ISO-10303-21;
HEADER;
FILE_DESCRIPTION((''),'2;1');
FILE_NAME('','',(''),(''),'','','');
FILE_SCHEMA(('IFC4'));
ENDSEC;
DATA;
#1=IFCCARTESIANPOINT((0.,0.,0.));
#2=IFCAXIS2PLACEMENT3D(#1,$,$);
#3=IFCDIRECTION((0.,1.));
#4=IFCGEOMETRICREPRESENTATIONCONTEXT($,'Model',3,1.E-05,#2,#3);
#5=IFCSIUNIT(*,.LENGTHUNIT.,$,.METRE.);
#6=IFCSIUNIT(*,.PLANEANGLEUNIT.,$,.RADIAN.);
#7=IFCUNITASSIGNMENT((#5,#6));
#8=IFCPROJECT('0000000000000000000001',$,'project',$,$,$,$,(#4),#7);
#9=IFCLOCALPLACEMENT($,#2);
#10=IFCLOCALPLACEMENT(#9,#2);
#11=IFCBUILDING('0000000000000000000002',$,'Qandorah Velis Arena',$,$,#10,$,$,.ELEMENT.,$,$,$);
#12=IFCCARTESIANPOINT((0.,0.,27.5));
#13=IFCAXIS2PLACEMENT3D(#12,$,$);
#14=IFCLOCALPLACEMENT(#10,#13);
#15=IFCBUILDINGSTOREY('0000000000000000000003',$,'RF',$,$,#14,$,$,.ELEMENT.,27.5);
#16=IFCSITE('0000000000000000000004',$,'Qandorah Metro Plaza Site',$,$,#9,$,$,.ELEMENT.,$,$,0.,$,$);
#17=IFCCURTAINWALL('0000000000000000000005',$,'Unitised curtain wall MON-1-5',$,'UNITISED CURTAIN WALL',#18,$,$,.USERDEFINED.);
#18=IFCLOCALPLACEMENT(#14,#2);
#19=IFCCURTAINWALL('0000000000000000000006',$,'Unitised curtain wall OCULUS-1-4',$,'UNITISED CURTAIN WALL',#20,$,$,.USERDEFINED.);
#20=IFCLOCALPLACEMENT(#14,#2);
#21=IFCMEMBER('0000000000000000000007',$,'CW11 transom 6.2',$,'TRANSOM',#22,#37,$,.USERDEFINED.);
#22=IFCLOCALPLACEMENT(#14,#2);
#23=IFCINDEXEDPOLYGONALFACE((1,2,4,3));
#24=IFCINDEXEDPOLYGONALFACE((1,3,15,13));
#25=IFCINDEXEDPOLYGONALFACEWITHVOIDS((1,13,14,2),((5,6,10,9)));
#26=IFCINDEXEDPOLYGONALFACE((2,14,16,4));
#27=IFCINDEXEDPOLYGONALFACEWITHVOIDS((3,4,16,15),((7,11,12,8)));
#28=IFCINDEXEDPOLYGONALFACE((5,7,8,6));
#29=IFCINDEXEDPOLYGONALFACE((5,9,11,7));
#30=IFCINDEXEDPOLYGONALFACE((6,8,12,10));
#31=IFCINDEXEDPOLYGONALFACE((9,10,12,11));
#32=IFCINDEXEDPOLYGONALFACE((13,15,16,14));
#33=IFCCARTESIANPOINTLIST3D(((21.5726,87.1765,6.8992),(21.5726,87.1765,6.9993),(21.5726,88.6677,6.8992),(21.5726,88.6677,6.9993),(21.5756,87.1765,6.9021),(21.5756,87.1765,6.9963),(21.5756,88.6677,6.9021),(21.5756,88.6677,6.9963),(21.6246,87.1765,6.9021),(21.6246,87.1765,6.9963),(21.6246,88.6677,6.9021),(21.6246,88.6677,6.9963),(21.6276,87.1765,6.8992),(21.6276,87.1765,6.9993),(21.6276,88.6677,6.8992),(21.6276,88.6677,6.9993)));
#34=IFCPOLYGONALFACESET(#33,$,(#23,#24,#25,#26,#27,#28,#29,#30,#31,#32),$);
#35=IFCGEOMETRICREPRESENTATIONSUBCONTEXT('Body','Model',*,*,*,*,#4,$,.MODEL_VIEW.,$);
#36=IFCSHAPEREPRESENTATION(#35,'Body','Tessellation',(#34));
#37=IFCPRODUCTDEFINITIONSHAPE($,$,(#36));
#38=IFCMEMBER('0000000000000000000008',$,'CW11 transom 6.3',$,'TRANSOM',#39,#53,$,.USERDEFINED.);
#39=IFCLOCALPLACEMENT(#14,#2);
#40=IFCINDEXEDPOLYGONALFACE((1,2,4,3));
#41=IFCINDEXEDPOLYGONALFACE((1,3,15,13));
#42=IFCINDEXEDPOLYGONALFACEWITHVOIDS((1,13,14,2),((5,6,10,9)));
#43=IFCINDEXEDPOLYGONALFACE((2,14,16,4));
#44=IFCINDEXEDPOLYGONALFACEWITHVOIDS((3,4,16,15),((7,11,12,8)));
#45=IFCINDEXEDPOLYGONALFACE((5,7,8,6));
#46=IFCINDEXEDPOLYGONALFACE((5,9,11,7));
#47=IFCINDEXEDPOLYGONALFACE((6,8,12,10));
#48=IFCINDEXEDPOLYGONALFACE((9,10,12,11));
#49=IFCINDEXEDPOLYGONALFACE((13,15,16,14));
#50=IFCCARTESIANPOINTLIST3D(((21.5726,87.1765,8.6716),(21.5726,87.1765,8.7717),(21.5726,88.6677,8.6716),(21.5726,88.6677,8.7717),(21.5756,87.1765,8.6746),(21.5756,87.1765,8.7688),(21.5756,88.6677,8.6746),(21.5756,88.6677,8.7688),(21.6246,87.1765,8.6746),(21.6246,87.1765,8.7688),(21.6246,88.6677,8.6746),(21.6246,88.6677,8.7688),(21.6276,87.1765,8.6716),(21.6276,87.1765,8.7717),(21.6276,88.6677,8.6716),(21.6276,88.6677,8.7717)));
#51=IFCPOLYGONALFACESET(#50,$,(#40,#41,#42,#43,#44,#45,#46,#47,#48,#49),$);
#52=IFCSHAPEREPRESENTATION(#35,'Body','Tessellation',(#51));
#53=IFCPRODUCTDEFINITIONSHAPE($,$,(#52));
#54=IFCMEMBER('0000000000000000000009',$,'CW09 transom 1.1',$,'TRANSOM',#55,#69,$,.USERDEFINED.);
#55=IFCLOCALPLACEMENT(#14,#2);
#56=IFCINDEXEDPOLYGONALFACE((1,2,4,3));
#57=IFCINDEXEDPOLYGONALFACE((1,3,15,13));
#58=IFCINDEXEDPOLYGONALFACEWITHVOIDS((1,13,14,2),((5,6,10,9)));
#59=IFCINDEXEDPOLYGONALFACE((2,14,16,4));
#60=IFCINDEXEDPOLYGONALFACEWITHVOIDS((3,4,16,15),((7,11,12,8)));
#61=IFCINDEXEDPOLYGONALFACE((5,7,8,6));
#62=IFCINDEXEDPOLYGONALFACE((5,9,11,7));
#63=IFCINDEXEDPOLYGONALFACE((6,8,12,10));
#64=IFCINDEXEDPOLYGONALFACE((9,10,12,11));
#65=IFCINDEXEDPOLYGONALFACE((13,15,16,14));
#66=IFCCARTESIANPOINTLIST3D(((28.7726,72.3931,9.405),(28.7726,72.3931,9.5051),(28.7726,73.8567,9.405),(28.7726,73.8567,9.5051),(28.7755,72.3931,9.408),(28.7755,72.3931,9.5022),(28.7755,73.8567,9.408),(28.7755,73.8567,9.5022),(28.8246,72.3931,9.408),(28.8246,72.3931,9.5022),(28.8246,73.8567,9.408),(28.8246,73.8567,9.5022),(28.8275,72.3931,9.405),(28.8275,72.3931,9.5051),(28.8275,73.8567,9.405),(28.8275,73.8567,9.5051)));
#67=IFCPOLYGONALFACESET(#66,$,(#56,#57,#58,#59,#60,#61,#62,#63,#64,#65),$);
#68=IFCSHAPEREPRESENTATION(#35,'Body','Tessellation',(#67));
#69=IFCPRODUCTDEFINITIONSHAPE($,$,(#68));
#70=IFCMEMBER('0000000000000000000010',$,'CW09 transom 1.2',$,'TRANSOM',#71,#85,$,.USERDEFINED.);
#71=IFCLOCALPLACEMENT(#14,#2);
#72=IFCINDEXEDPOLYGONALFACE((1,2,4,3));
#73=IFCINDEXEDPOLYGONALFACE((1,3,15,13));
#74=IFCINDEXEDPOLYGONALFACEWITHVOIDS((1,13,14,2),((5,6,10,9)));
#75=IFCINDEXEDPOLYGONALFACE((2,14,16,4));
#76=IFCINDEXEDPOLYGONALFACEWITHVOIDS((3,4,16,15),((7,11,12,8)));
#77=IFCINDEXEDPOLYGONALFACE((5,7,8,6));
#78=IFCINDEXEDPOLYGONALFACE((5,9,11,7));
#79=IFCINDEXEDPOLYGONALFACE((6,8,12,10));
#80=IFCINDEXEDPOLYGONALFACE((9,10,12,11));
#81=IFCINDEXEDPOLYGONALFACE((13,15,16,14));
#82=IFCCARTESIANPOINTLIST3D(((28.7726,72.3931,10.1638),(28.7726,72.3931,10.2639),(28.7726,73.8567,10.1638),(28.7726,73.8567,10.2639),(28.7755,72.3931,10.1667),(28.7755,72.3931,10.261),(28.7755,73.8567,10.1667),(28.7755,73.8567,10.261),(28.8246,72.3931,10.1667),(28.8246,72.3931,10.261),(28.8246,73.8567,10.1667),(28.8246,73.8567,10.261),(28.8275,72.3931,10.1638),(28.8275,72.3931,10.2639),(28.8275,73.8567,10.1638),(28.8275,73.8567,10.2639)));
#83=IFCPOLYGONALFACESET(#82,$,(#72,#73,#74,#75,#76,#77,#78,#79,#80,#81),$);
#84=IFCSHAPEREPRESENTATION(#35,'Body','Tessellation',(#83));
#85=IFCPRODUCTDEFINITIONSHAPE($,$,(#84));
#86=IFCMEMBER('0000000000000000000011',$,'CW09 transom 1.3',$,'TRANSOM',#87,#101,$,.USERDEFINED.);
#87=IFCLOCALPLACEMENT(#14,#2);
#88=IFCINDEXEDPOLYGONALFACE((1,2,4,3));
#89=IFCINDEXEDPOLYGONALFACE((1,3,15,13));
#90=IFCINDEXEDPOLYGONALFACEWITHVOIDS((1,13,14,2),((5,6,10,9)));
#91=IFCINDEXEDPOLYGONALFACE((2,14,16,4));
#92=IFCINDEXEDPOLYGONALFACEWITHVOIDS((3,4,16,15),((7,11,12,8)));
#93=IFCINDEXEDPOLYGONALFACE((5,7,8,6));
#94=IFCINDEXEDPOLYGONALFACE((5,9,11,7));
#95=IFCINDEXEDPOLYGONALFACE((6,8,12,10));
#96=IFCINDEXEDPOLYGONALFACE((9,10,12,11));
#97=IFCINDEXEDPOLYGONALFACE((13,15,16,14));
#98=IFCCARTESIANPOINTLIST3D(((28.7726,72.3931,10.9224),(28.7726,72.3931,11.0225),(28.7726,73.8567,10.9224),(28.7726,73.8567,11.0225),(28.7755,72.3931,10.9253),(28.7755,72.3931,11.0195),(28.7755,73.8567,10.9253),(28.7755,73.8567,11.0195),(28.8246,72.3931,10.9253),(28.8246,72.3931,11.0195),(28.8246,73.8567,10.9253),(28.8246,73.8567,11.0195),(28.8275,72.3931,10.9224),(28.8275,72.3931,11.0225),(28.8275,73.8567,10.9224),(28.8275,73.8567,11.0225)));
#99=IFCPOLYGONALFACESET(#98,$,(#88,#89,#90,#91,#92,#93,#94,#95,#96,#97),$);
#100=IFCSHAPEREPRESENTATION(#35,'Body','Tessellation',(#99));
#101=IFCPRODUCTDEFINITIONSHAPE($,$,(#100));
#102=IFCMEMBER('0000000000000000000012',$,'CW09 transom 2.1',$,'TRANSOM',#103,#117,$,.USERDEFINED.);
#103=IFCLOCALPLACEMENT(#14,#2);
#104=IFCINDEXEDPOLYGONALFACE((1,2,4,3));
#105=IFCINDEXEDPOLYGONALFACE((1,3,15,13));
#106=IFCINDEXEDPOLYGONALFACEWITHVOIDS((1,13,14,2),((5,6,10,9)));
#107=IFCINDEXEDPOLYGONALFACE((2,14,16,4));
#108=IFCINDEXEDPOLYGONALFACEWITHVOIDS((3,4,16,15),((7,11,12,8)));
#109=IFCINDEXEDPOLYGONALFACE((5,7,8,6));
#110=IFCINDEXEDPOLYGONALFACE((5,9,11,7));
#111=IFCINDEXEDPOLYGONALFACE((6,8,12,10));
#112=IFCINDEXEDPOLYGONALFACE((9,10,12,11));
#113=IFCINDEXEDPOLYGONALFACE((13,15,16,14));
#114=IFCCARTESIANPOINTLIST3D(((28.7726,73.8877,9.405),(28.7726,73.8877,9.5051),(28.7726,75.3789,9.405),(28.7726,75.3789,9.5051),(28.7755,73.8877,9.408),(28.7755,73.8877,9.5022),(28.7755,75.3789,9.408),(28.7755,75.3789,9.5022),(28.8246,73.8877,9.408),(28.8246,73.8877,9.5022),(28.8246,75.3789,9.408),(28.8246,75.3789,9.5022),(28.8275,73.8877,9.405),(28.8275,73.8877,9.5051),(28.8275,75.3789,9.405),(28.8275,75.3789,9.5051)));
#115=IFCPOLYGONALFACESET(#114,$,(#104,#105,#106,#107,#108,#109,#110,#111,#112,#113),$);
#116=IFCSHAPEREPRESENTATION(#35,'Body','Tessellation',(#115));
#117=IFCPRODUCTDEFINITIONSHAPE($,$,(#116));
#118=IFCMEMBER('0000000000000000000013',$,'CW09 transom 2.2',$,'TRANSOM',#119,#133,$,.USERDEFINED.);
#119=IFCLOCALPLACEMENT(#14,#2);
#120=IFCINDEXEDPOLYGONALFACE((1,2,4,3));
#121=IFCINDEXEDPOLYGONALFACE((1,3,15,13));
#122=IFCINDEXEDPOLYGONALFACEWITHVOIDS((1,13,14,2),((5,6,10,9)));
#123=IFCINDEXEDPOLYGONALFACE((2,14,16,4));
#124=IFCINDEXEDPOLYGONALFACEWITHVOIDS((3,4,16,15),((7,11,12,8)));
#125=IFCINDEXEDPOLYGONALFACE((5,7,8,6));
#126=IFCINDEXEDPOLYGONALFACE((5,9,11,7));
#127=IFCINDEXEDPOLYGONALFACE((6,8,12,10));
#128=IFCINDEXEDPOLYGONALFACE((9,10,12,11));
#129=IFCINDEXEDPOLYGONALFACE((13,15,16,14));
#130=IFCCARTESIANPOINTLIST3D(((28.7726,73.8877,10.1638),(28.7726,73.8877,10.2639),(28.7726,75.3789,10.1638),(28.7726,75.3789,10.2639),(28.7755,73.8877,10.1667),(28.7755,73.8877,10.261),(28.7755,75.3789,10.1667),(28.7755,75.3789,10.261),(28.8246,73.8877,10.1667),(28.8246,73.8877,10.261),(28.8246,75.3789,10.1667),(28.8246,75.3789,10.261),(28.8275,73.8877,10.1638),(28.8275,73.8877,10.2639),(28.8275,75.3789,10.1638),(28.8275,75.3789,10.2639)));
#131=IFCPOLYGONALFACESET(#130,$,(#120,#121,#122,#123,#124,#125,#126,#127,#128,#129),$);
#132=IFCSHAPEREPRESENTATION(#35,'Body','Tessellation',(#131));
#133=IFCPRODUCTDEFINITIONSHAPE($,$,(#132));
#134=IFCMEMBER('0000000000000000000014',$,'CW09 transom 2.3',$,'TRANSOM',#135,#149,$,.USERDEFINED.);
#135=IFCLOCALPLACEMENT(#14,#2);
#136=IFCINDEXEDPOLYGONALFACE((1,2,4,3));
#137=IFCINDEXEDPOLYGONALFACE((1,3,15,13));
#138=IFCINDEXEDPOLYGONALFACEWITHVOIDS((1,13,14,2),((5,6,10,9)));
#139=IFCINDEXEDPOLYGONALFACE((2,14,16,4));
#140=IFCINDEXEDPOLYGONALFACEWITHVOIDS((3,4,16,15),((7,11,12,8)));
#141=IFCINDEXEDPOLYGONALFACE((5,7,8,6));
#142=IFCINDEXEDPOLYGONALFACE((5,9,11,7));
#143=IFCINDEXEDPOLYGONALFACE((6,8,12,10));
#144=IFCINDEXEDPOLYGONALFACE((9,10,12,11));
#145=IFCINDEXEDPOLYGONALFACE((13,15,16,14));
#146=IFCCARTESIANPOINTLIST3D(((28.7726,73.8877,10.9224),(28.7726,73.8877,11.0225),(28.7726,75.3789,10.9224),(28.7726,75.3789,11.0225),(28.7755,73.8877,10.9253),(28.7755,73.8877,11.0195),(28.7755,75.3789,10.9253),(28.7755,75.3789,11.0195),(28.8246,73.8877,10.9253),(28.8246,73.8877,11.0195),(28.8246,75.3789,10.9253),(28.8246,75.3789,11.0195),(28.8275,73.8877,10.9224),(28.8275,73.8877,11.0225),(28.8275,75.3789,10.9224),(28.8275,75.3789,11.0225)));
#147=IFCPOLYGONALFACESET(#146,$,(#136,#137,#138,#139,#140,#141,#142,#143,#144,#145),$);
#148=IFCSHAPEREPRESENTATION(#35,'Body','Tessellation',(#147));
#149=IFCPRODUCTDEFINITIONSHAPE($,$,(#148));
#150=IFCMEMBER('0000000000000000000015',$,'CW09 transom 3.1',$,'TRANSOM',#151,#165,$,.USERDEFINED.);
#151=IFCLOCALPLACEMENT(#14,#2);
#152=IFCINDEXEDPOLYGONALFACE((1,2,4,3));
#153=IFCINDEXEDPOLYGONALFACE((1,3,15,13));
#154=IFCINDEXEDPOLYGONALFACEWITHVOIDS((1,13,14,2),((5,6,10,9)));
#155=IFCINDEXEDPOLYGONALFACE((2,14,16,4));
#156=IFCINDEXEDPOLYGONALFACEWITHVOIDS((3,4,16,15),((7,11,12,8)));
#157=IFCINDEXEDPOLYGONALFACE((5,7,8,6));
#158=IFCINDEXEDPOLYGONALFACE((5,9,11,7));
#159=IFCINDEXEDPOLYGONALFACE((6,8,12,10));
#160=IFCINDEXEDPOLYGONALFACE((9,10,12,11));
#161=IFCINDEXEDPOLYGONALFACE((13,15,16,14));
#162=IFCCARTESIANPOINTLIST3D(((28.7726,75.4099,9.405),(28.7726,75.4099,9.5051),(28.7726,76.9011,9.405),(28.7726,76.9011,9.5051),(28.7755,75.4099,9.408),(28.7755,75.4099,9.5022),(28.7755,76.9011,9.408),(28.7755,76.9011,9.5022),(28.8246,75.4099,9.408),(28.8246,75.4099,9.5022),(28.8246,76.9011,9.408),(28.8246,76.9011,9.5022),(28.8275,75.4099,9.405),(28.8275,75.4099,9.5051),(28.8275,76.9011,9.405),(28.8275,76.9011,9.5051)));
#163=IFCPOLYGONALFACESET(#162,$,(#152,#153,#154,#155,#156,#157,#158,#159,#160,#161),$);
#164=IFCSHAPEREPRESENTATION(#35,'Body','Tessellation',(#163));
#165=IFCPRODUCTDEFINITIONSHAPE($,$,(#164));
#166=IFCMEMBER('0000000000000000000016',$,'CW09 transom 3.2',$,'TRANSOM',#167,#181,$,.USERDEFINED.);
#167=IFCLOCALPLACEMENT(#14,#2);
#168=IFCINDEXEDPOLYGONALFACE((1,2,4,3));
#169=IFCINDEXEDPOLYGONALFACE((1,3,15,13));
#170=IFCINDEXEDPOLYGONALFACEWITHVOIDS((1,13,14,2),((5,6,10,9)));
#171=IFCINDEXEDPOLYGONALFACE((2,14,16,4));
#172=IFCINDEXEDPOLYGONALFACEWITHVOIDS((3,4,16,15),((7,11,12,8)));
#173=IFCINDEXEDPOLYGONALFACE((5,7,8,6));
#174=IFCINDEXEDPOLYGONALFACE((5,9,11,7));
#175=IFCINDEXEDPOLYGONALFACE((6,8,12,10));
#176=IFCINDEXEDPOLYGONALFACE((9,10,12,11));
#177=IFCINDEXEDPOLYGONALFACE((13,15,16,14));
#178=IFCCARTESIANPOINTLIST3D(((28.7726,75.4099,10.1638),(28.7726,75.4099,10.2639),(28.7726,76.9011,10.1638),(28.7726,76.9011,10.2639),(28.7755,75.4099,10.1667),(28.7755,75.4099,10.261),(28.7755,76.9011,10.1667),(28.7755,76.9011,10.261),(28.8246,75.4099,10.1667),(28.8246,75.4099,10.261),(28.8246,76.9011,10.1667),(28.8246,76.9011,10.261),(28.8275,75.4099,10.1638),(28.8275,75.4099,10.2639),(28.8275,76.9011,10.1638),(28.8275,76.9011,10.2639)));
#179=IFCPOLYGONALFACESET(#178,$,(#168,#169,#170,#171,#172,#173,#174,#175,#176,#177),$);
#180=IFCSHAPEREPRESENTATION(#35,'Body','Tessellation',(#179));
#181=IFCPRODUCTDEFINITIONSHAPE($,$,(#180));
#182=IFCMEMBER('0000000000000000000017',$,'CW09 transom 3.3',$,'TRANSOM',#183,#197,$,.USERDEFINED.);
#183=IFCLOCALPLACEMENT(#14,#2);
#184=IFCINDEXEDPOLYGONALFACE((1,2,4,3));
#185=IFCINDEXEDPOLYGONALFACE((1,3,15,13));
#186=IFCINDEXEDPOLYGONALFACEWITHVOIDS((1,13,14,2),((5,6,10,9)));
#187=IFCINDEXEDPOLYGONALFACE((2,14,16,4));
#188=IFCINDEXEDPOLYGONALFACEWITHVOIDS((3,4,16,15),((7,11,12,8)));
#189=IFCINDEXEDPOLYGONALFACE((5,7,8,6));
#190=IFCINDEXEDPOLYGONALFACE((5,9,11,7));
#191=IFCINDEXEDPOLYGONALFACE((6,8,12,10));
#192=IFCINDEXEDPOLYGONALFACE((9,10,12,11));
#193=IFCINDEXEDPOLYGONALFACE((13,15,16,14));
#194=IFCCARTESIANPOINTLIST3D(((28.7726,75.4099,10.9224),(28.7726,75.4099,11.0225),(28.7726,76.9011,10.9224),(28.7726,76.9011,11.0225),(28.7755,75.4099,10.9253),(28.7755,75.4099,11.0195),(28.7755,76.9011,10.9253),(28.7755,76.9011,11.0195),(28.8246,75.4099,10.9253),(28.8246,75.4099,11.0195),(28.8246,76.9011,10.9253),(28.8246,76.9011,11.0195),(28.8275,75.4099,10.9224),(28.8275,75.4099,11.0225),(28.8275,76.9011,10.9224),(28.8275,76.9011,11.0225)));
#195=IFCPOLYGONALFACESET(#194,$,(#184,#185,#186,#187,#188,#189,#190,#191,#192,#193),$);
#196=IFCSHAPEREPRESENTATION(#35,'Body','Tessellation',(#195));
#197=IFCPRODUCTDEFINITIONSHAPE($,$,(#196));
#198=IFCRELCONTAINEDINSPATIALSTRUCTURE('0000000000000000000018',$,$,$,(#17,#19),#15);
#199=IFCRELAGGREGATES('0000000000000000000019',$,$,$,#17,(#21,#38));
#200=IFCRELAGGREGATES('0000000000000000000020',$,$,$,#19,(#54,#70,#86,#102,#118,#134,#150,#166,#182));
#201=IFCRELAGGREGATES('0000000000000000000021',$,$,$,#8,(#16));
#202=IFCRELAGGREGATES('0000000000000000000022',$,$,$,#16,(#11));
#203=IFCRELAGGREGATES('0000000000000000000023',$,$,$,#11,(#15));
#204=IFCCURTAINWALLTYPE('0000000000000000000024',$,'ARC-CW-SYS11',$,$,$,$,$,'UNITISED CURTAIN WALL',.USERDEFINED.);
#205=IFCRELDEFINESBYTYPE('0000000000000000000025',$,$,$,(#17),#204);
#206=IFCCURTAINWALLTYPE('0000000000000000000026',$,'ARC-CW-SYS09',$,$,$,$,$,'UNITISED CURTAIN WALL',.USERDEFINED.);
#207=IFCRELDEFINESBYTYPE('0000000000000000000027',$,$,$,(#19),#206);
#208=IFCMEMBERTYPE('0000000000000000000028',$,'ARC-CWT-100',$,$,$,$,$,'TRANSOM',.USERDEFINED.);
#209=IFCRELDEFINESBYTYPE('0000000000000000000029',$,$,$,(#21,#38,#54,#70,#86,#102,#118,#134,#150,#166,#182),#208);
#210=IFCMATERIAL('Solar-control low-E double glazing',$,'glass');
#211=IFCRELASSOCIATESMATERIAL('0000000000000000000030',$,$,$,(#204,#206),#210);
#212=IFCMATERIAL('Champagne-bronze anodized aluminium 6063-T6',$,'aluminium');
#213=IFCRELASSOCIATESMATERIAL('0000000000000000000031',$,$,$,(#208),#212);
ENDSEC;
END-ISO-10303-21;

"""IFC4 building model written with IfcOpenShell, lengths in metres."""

from ifc_helpers import new_model, si_unit, direction, frame, origin, origin_2d, place, context, subcontext, project, spatial, hollow_rectangle, extrude, material, material_profile, profile_set, type_object, element, aggregate, save


model = new_model("IFC4")

# Units and contexts
model_context = context("Model", 3, precision=1e-05, world=origin(), true_north=direction((0.0, 1.0)))
body_context = subcontext(model_context, "Body", "Model", "MODEL_VIEW")
ifc_project = project(units=[si_unit("LENGTHUNIT", "METRE"), si_unit("PLANEANGLEUNIT", "RADIAN")], contexts=[model_context])

# Site, building, storey
site_placement = place(None, origin())
site = spatial("IfcSite", under=ifc_project, at=site_placement, Name="Qandorah Metro Plaza Site", CompositionType="ELEMENT", RefElevation=0.0)
building_placement = place(site_placement, origin())
building = spatial("IfcBuilding", under=site, at=building_placement, Name="Qandorah Velis Arena", CompositionType="ELEMENT")
storey_placement = place(building_placement, frame((0.0, 0.0, 27.5)))
storey = spatial("IfcBuildingStorey", under=building, at=storey_placement, Name="RF", CompositionType="ELEMENT", Elevation=27.5)

# Curtain walls
ifc_material_1 = material(Name="Solar-control low-E double glazing", Category="glass")
curtain_wall_type_1 = type_object("IfcCurtainWallType", Name="ARC-CW-SYS11", ElementType="UNITISED CURTAIN WALL", PredefinedType="USERDEFINED", material=ifc_material_1)
curtain_wall_1_placement = place(storey_placement, origin())
curtain_wall_1 = element("IfcCurtainWall", 1, at=curtain_wall_1_placement, inside=storey, type_object=curtain_wall_type_1, Name="Unitised curtain wall MON-1-5", ObjectType="UNITISED CURTAIN WALL", PredefinedType="USERDEFINED")
ifc_material_2 = material(Name="Champagne-bronze anodized aluminium 6063-T6", Category="aluminium")
curtain_wall_type_2 = type_object("IfcCurtainWallType", Name="ARC-CW-SYS09", ElementType="UNITISED CURTAIN WALL", PredefinedType="USERDEFINED", material=ifc_material_1)
curtain_wall_2_placement = place(storey_placement, origin())
curtain_wall_2 = element("IfcCurtainWall", 2, at=curtain_wall_2_placement, inside=storey, type_object=curtain_wall_type_2, Name="Unitised curtain wall OCULUS-1-4", ObjectType="UNITISED CURTAIN WALL", PredefinedType="USERDEFINED")

# Members
ifc_material_profile_1 = material_profile(ifc_material_2, hollow_rectangle(XDim=0.0549, YDim=0.1001, WallThickness=0.0029, at=origin_2d()), Name="ALU TRANSOM 55x100")
ifc_profile_set_1 = profile_set([ifc_material_profile_1], Name="Champagne-bronze anodized aluminium 6063-T6")
member_type_1 = type_object("IfcMemberType", Name="ARC-CWT-100", ElementType="TRANSOM", PredefinedType="USERDEFINED", material=ifc_profile_set_1)
member_1_placement = place(storey_placement, frame((21.6001, 87.1765, 6.9492), z_axis=(0.0, 1.0, 0.0), x_axis=(-1.0, 0.0, 0.0)))
member_1 = element("IfcMember", 3, at=member_1_placement, type_object=member_type_1, Name="CW11 transom 6.2", ObjectType="TRANSOM", PredefinedType="USERDEFINED", context=body_context, shape_type="SweptSolid", body=[
    extrude(hollow_rectangle(XDim=0.0549, YDim=0.1001, WallThickness=0.0029, at=origin_2d()), origin(), (0.0, 0.0, 1.0), 1.4912),
])
member_2_placement = place(storey_placement, frame((21.6001, 87.1765, 8.7217), z_axis=(0.0, 1.0, 0.0), x_axis=(-1.0, 0.0, 0.0)))
member_2 = element("IfcMember", 4, at=member_2_placement, type_object=member_type_1, Name="CW11 transom 6.3", ObjectType="TRANSOM", PredefinedType="USERDEFINED", context=body_context, shape_type="SweptSolid", body=[
    extrude(hollow_rectangle(XDim=0.0549, YDim=0.1001, WallThickness=0.0029, at=origin_2d()), origin(), (0.0, 0.0, 1.0), 1.4912),
])
member_3_placement = place(storey_placement, frame((28.8, 72.3931, 9.4551), z_axis=(0.0, 1.0, 0.0), x_axis=(-1.0, 0.0, 0.0)))
member_3 = element("IfcMember", 5, at=member_3_placement, type_object=member_type_1, Name="CW09 transom 1.1", ObjectType="TRANSOM", PredefinedType="USERDEFINED", context=body_context, shape_type="SweptSolid", body=[
    extrude(hollow_rectangle(XDim=0.0549, YDim=0.1001, WallThickness=0.0029, at=origin_2d()), origin(), (0.0, 0.0, 1.0), 1.4636),
])
member_4_placement = place(storey_placement, frame((28.8, 72.3931, 10.2139), z_axis=(0.0, 1.0, 0.0), x_axis=(-1.0, 0.0, 0.0)))
member_4 = element("IfcMember", 6, at=member_4_placement, type_object=member_type_1, Name="CW09 transom 1.2", ObjectType="TRANSOM", PredefinedType="USERDEFINED", context=body_context, shape_type="SweptSolid", body=[
    extrude(hollow_rectangle(XDim=0.0549, YDim=0.1001, WallThickness=0.0029, at=origin_2d()), origin(), (0.0, 0.0, 1.0), 1.4636),
])
member_5_placement = place(storey_placement, frame((28.8, 72.3931, 10.9724), z_axis=(0.0, 1.0, 0.0), x_axis=(-1.0, 0.0, 0.0)))
member_5 = element("IfcMember", 7, at=member_5_placement, type_object=member_type_1, Name="CW09 transom 1.3", ObjectType="TRANSOM", PredefinedType="USERDEFINED", context=body_context, shape_type="SweptSolid", body=[
    extrude(hollow_rectangle(XDim=0.0549, YDim=0.1001, WallThickness=0.0029, at=origin_2d()), origin(), (0.0, 0.0, 1.0), 1.4636),
])
member_6_placement = place(storey_placement, frame((28.8, 73.8877, 9.4551), z_axis=(0.0, 1.0, 0.0), x_axis=(-1.0, 0.0, 0.0)))
member_6 = element("IfcMember", 8, at=member_6_placement, type_object=member_type_1, Name="CW09 transom 2.1", ObjectType="TRANSOM", PredefinedType="USERDEFINED", context=body_context, shape_type="SweptSolid", body=[
    extrude(hollow_rectangle(XDim=0.0549, YDim=0.1001, WallThickness=0.0029, at=origin_2d()), origin(), (0.0, 0.0, 1.0), 1.4912),
])
member_7_placement = place(storey_placement, frame((28.8, 73.8877, 10.2139), z_axis=(0.0, 1.0, 0.0), x_axis=(-1.0, 0.0, 0.0)))
member_7 = element("IfcMember", 9, at=member_7_placement, type_object=member_type_1, Name="CW09 transom 2.2", ObjectType="TRANSOM", PredefinedType="USERDEFINED", context=body_context, shape_type="SweptSolid", body=[
    extrude(hollow_rectangle(XDim=0.0549, YDim=0.1001, WallThickness=0.0029, at=origin_2d()), origin(), (0.0, 0.0, 1.0), 1.4912),
])
member_8_placement = place(storey_placement, frame((28.8, 73.8877, 10.9724), z_axis=(0.0, 1.0, 0.0), x_axis=(-1.0, 0.0, 0.0)))
member_8 = element("IfcMember", 10, at=member_8_placement, type_object=member_type_1, Name="CW09 transom 2.3", ObjectType="TRANSOM", PredefinedType="USERDEFINED", context=body_context, shape_type="SweptSolid", body=[
    extrude(hollow_rectangle(XDim=0.0549, YDim=0.1001, WallThickness=0.0029, at=origin_2d()), origin(), (0.0, 0.0, 1.0), 1.4912),
])
member_9_placement = place(storey_placement, frame((28.8, 75.4099, 9.4551), z_axis=(0.0, 1.0, 0.0), x_axis=(-1.0, 0.0, 0.0)))
member_9 = element("IfcMember", 11, at=member_9_placement, type_object=member_type_1, Name="CW09 transom 3.1", ObjectType="TRANSOM", PredefinedType="USERDEFINED", context=body_context, shape_type="SweptSolid", body=[
    extrude(hollow_rectangle(XDim=0.0549, YDim=0.1001, WallThickness=0.0029, at=origin_2d()), origin(), (0.0, 0.0, 1.0), 1.4912),
])
member_10_placement = place(storey_placement, frame((28.8, 75.4099, 10.2139), z_axis=(0.0, 1.0, 0.0), x_axis=(-1.0, 0.0, 0.0)))
member_10 = element("IfcMember", 12, at=member_10_placement, type_object=member_type_1, Name="CW09 transom 3.2", ObjectType="TRANSOM", PredefinedType="USERDEFINED", context=body_context, shape_type="SweptSolid", body=[
    extrude(hollow_rectangle(XDim=0.0549, YDim=0.1001, WallThickness=0.0029, at=origin_2d()), origin(), (0.0, 0.0, 1.0), 1.4912),
])
member_11_placement = place(storey_placement, frame((28.8, 75.4099, 10.9724), z_axis=(0.0, 1.0, 0.0), x_axis=(-1.0, 0.0, 0.0)))
member_11 = element("IfcMember", 13, at=member_11_placement, type_object=member_type_1, Name="CW09 transom 3.3", ObjectType="TRANSOM", PredefinedType="USERDEFINED", context=body_context, shape_type="SweptSolid", body=[
    extrude(hollow_rectangle(XDim=0.0549, YDim=0.1001, WallThickness=0.0029, at=origin_2d()), origin(), (0.0, 0.0, 1.0), 1.4912),
])

aggregate(curtain_wall_1, [member_1, member_2])
aggregate(curtain_wall_2, [member_3, member_4, member_5, member_6, member_7, member_8, member_9, member_10, member_11])

save(model, "model.ifc")
